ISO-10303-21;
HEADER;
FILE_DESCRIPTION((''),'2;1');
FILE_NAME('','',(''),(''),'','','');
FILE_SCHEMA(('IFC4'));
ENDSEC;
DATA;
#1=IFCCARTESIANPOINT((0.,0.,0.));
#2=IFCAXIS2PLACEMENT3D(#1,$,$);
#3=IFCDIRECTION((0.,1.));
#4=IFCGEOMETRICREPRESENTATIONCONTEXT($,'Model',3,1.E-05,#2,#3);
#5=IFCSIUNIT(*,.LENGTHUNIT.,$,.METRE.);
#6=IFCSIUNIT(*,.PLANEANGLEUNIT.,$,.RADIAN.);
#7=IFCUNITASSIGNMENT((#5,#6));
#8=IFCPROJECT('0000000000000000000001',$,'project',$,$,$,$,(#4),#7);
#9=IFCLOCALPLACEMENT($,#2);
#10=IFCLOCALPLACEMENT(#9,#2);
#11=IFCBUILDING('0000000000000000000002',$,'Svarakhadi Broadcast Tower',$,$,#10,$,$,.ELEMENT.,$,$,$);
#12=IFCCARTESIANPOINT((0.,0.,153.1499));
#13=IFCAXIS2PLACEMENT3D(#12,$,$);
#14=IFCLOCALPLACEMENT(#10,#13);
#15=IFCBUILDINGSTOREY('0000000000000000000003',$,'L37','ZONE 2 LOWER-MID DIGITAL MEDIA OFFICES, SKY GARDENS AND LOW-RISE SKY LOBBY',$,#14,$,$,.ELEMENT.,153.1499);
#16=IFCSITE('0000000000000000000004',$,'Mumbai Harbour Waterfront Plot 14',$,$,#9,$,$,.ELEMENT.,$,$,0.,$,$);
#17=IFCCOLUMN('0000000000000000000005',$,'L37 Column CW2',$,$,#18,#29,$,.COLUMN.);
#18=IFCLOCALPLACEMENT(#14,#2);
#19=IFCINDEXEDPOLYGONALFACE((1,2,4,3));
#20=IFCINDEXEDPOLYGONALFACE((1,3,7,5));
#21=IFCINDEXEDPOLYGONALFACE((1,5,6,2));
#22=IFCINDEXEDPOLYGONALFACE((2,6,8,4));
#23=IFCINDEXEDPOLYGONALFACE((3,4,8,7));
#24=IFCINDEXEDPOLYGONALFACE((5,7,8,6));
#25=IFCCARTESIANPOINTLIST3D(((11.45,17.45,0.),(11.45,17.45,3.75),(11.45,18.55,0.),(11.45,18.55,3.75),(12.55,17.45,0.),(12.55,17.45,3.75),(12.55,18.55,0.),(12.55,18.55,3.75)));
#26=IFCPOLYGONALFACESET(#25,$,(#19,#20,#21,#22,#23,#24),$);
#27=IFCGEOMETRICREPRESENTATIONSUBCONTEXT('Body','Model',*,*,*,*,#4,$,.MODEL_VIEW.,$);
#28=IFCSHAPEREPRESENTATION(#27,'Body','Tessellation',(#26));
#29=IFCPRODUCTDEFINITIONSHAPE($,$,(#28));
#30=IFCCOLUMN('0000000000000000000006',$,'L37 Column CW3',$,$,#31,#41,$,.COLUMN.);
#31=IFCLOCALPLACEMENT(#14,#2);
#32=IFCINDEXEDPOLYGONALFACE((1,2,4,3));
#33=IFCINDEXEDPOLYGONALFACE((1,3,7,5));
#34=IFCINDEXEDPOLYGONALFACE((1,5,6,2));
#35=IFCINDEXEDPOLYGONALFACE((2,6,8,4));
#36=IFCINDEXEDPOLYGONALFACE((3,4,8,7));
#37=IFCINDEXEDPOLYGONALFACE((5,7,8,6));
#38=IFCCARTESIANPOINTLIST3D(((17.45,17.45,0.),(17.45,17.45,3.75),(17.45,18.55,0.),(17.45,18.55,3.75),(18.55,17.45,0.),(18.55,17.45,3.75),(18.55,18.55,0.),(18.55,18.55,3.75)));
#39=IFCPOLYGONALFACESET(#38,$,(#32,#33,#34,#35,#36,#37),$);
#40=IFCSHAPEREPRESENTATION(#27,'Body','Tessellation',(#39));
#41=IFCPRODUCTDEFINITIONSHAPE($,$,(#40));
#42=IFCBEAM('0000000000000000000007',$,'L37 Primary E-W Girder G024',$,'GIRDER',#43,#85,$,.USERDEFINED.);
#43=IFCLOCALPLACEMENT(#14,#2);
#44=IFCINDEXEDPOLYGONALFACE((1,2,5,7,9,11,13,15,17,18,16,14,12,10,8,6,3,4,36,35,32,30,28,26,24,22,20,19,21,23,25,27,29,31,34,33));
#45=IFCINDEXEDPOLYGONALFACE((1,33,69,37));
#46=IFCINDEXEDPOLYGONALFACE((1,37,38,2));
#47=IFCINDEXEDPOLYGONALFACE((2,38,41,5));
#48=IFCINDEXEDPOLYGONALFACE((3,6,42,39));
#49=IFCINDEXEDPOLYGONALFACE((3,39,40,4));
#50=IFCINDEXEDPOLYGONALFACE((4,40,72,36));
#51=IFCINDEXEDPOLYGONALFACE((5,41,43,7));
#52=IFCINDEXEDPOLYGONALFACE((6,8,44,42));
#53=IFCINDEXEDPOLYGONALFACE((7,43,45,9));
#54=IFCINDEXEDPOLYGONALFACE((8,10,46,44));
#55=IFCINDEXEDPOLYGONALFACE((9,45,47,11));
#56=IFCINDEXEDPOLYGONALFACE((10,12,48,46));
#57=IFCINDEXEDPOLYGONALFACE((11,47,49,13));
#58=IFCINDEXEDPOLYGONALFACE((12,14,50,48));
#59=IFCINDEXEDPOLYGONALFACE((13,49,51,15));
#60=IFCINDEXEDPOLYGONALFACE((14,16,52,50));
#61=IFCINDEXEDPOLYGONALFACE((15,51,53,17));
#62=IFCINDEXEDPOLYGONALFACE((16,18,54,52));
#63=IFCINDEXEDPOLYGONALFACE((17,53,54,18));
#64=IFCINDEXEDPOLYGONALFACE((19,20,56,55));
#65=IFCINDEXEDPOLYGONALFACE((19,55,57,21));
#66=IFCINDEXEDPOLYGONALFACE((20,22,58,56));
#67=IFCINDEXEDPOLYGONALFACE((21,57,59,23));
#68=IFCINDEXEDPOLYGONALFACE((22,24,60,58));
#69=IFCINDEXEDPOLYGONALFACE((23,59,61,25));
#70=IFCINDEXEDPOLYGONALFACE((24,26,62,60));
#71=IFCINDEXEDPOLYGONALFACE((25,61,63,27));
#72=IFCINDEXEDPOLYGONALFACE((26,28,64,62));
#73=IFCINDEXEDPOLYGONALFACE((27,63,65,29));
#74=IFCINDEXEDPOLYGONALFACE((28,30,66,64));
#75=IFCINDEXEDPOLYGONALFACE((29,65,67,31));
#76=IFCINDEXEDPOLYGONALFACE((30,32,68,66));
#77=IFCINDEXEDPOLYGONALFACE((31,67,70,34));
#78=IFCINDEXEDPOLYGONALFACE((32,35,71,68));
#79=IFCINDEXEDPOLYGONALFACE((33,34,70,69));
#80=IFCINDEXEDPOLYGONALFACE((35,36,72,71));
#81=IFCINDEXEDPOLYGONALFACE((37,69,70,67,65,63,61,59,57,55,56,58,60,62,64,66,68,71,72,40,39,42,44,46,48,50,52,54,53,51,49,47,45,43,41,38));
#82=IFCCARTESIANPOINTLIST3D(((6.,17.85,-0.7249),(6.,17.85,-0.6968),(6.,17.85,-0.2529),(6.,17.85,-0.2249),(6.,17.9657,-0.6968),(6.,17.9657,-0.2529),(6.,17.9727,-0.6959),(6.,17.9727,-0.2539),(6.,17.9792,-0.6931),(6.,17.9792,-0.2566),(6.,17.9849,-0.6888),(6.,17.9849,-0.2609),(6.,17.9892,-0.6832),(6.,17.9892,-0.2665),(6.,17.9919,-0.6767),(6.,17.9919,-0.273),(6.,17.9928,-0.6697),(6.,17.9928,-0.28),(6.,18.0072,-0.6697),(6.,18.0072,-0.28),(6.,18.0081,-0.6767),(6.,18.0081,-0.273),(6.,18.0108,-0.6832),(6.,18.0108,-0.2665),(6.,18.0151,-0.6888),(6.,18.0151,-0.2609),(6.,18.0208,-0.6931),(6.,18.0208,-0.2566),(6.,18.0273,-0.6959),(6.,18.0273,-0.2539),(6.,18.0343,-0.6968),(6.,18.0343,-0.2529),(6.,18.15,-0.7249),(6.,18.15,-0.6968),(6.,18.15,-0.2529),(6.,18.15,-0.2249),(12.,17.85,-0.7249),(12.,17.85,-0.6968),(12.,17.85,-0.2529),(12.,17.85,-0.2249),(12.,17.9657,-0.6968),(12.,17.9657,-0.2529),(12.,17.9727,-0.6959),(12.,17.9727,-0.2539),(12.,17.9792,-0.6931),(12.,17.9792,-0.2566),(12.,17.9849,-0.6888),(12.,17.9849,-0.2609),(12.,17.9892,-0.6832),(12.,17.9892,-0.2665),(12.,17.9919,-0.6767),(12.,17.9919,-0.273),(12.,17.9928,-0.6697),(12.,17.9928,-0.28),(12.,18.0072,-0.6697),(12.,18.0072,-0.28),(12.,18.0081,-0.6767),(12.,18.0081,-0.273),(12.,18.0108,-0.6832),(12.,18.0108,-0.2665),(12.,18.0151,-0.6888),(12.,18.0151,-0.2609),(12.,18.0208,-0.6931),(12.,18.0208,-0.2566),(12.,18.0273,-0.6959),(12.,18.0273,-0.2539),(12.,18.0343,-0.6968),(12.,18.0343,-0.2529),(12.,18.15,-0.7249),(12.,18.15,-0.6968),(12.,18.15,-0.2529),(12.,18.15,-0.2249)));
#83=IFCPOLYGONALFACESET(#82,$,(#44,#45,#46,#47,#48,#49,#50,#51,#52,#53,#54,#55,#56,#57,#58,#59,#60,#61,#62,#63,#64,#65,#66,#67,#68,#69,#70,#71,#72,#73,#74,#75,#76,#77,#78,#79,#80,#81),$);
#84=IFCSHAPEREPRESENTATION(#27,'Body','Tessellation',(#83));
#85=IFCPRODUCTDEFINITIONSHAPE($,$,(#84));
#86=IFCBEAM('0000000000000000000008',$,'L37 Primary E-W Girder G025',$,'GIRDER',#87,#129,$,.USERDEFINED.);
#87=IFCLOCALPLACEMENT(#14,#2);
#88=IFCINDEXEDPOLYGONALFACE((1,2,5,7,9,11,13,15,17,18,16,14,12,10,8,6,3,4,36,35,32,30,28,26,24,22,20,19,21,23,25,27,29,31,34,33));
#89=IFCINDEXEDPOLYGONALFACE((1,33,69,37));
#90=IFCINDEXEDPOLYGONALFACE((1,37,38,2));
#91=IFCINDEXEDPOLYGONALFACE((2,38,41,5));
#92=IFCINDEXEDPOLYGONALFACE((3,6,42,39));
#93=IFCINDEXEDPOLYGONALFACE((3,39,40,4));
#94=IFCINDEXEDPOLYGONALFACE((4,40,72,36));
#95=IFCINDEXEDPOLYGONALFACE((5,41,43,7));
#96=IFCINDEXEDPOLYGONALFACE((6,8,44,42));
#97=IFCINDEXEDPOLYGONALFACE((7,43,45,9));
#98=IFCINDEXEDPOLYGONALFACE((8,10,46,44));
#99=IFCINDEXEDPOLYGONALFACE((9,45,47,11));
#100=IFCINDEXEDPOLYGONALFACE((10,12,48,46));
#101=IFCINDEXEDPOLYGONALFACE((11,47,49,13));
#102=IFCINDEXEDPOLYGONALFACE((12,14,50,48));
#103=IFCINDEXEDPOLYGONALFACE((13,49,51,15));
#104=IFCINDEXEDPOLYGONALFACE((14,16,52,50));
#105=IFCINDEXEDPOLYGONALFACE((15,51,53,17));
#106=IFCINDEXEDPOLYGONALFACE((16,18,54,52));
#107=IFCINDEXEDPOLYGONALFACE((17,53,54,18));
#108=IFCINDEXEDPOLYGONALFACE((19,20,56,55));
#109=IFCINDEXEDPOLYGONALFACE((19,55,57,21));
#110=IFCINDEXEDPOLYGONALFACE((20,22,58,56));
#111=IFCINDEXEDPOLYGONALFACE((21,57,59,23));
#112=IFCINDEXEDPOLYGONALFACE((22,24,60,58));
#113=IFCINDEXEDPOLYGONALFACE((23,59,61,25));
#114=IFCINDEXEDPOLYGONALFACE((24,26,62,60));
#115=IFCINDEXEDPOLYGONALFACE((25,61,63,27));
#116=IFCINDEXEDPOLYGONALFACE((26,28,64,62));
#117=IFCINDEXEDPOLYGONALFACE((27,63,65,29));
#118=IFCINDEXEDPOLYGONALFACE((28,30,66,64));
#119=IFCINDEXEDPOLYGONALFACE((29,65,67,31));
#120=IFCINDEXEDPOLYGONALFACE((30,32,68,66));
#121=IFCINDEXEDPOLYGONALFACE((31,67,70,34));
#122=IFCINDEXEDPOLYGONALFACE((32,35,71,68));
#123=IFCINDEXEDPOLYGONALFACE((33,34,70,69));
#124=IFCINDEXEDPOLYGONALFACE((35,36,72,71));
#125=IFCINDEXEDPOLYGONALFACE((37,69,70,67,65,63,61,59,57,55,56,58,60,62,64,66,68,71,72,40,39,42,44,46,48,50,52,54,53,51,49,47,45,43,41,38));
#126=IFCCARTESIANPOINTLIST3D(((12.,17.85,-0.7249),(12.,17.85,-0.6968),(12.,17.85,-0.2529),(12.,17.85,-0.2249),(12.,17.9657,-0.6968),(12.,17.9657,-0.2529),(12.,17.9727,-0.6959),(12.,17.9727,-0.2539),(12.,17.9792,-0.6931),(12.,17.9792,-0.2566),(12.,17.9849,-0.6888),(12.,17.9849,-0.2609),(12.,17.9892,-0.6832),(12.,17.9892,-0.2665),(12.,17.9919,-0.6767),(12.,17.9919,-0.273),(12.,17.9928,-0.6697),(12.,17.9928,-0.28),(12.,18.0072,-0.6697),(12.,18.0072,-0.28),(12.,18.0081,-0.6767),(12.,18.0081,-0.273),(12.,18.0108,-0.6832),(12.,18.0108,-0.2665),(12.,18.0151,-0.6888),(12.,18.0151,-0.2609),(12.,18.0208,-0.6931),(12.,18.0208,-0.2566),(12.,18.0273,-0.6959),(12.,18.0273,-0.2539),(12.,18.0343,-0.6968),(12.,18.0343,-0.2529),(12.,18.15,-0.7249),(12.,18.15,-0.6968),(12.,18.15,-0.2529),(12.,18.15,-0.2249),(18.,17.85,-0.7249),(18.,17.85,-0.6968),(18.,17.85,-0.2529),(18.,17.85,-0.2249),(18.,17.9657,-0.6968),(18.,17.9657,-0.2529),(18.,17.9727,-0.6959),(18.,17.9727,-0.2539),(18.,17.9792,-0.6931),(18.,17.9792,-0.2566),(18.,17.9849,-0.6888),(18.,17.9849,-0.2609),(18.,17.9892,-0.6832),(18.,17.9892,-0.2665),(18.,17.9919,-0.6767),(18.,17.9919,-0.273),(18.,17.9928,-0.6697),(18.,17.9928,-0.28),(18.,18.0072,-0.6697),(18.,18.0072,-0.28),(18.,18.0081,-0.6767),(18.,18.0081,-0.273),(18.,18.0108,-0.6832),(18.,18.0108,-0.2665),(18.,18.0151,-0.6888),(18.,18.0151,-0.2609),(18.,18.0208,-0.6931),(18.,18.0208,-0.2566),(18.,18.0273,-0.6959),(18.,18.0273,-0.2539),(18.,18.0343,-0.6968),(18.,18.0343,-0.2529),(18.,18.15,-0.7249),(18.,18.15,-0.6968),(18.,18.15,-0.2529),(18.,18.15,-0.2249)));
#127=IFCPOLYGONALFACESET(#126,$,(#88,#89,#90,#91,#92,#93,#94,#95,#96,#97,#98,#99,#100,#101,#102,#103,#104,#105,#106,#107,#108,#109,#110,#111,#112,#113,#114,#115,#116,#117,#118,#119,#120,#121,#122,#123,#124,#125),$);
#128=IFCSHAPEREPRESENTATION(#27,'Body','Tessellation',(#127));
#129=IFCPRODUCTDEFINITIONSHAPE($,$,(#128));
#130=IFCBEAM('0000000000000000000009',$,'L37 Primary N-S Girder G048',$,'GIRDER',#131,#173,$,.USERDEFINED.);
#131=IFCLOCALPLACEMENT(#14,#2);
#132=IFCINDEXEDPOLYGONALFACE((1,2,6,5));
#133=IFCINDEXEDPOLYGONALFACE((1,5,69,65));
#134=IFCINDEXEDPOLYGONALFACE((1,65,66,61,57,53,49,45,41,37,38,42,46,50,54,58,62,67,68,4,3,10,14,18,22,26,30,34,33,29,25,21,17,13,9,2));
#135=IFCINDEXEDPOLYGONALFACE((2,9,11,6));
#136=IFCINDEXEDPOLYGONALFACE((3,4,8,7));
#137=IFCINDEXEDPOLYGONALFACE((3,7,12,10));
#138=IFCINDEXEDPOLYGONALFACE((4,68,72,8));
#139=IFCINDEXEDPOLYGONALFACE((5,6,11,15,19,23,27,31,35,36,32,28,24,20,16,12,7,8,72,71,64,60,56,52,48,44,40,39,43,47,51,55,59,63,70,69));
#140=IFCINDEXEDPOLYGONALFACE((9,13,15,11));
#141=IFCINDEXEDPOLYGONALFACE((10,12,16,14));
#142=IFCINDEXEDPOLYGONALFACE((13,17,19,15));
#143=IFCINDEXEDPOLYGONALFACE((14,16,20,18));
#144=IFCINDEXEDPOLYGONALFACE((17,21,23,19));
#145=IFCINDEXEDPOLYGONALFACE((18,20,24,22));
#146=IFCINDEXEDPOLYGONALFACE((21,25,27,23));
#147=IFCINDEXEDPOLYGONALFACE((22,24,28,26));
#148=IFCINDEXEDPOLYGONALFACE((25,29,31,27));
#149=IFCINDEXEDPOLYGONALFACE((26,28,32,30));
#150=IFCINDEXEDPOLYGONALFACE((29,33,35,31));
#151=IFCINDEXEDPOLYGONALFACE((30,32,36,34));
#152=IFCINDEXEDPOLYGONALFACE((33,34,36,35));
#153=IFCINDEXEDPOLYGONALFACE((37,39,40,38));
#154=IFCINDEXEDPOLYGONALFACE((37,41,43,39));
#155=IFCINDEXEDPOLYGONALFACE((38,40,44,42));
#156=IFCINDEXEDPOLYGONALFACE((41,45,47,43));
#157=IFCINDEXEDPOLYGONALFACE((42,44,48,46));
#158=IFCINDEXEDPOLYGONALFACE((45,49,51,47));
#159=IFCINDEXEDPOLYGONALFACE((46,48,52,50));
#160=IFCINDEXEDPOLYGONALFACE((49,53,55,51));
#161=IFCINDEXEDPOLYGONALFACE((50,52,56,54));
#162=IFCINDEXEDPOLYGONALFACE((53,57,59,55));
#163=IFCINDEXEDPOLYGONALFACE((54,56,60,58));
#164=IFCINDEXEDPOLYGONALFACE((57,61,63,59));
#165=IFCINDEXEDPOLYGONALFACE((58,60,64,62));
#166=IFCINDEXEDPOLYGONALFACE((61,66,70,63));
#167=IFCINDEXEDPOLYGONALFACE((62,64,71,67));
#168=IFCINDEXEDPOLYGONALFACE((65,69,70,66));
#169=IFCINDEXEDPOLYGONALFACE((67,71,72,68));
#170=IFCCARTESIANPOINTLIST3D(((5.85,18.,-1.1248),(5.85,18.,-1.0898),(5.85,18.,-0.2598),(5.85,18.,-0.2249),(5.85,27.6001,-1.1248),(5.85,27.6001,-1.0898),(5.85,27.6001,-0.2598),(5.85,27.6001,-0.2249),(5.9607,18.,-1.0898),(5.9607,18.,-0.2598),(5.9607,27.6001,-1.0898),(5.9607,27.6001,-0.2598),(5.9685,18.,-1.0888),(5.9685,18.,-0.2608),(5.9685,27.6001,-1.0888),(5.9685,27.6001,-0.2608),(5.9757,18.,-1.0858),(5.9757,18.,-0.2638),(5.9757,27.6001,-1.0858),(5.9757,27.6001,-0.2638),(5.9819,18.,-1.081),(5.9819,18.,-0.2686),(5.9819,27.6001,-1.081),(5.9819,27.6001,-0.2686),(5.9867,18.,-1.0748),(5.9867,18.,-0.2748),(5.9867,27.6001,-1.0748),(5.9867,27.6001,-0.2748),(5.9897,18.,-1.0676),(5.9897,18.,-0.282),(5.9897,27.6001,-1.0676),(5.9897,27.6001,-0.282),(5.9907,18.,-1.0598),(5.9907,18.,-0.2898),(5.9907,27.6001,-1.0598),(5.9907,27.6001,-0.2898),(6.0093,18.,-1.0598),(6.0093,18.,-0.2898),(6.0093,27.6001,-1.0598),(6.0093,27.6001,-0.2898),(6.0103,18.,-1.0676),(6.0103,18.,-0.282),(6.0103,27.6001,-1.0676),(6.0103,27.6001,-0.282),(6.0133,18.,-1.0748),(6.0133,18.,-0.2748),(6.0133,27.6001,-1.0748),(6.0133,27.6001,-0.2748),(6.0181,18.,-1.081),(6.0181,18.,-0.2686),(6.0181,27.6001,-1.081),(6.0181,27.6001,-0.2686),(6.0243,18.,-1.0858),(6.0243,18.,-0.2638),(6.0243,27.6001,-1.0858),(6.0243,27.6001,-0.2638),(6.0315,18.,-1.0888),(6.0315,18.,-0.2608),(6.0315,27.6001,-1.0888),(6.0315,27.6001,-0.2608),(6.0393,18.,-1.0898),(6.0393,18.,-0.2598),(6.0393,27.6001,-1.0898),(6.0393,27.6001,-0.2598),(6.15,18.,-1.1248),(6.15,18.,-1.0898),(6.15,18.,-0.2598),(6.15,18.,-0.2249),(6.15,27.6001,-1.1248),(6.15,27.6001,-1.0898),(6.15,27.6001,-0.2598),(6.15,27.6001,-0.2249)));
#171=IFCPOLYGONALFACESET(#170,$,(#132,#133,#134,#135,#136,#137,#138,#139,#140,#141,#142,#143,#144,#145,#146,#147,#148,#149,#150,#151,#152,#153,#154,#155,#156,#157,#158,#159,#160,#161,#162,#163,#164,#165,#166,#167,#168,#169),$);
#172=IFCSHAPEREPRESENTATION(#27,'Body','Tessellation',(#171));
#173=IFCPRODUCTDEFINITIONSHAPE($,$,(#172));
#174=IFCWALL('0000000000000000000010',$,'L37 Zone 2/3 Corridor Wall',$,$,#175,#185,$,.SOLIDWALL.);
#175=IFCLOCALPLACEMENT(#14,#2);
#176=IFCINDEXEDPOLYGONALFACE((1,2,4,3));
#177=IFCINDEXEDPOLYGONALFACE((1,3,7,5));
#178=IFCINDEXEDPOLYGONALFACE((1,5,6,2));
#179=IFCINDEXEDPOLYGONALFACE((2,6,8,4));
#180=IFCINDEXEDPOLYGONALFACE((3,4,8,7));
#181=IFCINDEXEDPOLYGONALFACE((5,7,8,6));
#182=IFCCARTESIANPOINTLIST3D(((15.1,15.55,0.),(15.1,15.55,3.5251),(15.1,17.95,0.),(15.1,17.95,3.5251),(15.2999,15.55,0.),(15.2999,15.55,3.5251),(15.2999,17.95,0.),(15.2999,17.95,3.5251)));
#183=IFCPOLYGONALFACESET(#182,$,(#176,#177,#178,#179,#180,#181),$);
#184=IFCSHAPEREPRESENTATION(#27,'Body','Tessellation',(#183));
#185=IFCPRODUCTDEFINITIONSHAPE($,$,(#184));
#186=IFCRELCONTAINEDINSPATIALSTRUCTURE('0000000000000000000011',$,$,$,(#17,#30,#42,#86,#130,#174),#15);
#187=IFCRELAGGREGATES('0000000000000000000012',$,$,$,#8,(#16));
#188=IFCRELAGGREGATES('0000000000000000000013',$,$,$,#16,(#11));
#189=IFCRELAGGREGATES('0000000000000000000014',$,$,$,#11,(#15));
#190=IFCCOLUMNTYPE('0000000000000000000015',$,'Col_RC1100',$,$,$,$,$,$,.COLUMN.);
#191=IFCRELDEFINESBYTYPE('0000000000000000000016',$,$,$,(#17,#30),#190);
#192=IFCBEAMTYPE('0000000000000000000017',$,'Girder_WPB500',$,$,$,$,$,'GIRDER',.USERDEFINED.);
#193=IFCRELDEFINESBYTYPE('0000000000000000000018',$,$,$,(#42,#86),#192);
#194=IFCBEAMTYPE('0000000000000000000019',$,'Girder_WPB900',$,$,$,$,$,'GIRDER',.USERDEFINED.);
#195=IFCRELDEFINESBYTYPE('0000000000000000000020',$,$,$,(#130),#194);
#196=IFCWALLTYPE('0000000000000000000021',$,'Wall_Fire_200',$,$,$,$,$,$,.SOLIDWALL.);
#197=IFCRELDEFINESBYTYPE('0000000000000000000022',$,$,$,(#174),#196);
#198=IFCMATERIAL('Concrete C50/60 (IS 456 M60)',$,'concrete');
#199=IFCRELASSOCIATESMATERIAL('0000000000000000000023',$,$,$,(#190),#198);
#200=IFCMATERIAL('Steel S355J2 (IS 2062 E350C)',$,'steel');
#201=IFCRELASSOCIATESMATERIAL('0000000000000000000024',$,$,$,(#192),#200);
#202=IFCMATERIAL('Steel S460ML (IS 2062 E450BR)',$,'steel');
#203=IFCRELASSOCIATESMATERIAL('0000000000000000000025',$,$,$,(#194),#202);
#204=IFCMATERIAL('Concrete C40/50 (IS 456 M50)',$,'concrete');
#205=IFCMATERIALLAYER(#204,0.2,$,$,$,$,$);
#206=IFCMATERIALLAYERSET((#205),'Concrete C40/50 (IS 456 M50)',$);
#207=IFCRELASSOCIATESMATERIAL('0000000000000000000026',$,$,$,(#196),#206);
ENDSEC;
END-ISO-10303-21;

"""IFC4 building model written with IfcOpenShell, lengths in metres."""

from ifc_helpers import new_model, si_unit, direction, frame, frame_2d, origin, origin_2d, place, context, subcontext, project, spatial, rectangle, i_section, extrude, material, layer, layer_set, material_profile, profile_set, type_object, element, save


model = new_model("IFC4")

# Units and contexts
model_context = context("Model", 3, precision=1e-05, world=origin(), true_north=direction((0.0, 1.0)))
body_context = subcontext(model_context, "Body", "Model", "MODEL_VIEW")
ifc_project = project(units=[si_unit("LENGTHUNIT", "METRE"), si_unit("PLANEANGLEUNIT", "RADIAN")], contexts=[model_context])

# Site, building, storey
site_placement = place(None, origin())
site = spatial("IfcSite", under=ifc_project, at=site_placement, Name="Mumbai Harbour Waterfront Plot 14", CompositionType="ELEMENT", RefElevation=0.0)
building_placement = place(site_placement, origin())
building = spatial("IfcBuilding", under=site, at=building_placement, Name="Svarakhadi Broadcast Tower", CompositionType="ELEMENT")
storey_placement = place(building_placement, frame((0.0, 0.0, 153.1499)))
storey = spatial("IfcBuildingStorey", under=building, at=storey_placement, Name="L37", Description="ZONE 2 LOWER-MID DIGITAL MEDIA OFFICES, SKY GARDENS AND LOW-RISE SKY LOBBY", CompositionType="ELEMENT", Elevation=153.1499)

# Columns
ifc_material_1 = material(Name="Concrete C50/60 (IS 456 M60)", Category="concrete")
ifc_material_profile_1 = material_profile(ifc_material_1, rectangle(XDim=1.1001, YDim=1.1001, at=origin_2d()), Name="RC 1100x1100")
ifc_profile_set_1 = profile_set([ifc_material_profile_1], Name="Concrete C50/60 (IS 456 M60)")
column_type = type_object("IfcColumnType", Name="Col_RC1100", PredefinedType="COLUMN", material=ifc_profile_set_1)
for number, where, z_axis, x_axis, name in (
    (1, (12.0, 18.0, 0.0), (0.0, 0.0, 1.0), (1.0, 0.0, 0.0), "L37 Column CW2"),
    (2, (18.0, 18.0, 0.0), (0.0, 0.0, 1.0), (1.0, 0.0, 0.0), "L37 Column CW3"),
):
    element("IfcColumn", number, at=place(storey_placement, frame(where, z_axis=z_axis, x_axis=x_axis)), inside=storey, type_object=column_type, Name=name, PredefinedType="COLUMN", context=body_context, shape_type="SweptSolid", body=[
        extrude(rectangle(XDim=1.1001, YDim=1.1001, at=origin_2d()), origin(), (0.0, 0.0, 1.0), 3.75),
    ])

# Beams
ifc_material_2 = material(Name="Steel S355J2 (IS 2062 E350C)", Category="steel")
ifc_material_profile_2 = material_profile(ifc_material_2, i_section(OverallWidth=0.3, OverallDepth=0.5, WebThickness=0.0144, FlangeThickness=0.0281, FilletRadius=0.0271, at=origin_2d()), Name="WPB 500x300x187")
ifc_profile_set_2 = profile_set([ifc_material_profile_2], Name="Steel S355J2 (IS 2062 E350C)")
beam_type_1 = type_object("IfcBeamType", Name="Girder_WPB500", ElementType="GIRDER", PredefinedType="USERDEFINED", material=ifc_profile_set_2)
for number, where, z_axis, x_axis, name in (
    (3, (6.0, 18.0, -0.4749), (1.0, 0.0, 0.0), (0.0, 1.0, 0.0), "L37 Primary E-W Girder G024"),
    (4, (12.0, 18.0, -0.4749), (1.0, 0.0, 0.0), (0.0, 1.0, 0.0), "L37 Primary E-W Girder G025"),
):
    element("IfcBeam", number, at=place(storey_placement, frame(where, z_axis=z_axis, x_axis=x_axis)), inside=storey, type_object=beam_type_1, Name=name, ObjectType="GIRDER", PredefinedType="USERDEFINED", context=body_context, shape_type="SweptSolid", body=[
        extrude(i_section(OverallWidth=0.3, OverallDepth=0.5, WebThickness=0.0144, FlangeThickness=0.0281, FilletRadius=0.0271, at=origin_2d()), origin(), (0.0, 0.0, 1.0), 6.0),
    ])
ifc_material_3 = material(Name="Steel S460ML (IS 2062 E450BR)", Category="steel")
ifc_material_profile_3 = material_profile(ifc_material_3, i_section(OverallWidth=0.3, OverallDepth=0.8999, WebThickness=0.0186, FlangeThickness=0.0349, FilletRadius=0.03, at=origin_2d()), Name="WPB 900x300x291")
ifc_profile_set_3 = profile_set([ifc_material_profile_3], Name="Steel S460ML (IS 2062 E450BR)")
beam_type_2 = type_object("IfcBeamType", Name="Girder_WPB900", ElementType="GIRDER", PredefinedType="USERDEFINED", material=ifc_profile_set_3)
beam_placement = place(storey_placement, frame((6.0, 18.0, -0.6748), z_axis=(0.0, 1.0, 0.0), x_axis=(-1.0, 0.0, 0.0)))
element("IfcBeam", 5, at=beam_placement, inside=storey, type_object=beam_type_2, Name="L37 Primary N-S Girder G048", ObjectType="GIRDER", PredefinedType="USERDEFINED", context=body_context, shape_type="SweptSolid", body=[
    extrude(i_section(OverallWidth=0.3, OverallDepth=0.8999, WebThickness=0.0186, FlangeThickness=0.0349, FilletRadius=0.03, at=origin_2d()), origin(), (0.0, 0.0, 1.0), 9.6001),
])

# Wall
ifc_material_4 = material(Name="Concrete C40/50 (IS 456 M50)", Category="concrete")
ifc_layer_1 = layer(ifc_material_4, 0.2)
ifc_layer_set_1 = layer_set([ifc_layer_1], Name="Concrete C40/50 (IS 456 M50)")
wall_type_1 = type_object("IfcWallType", Name="Wall_Fire_200", PredefinedType="SOLIDWALL", material=ifc_layer_set_1)
wall_1_placement = place(storey_placement, frame((15.2, 17.95, 0.0), z_axis=(0.0, 0.0, 1.0), x_axis=(0.0, -1.0, 0.0)))
element("IfcWall", 6, at=wall_1_placement, inside=storey, type_object=wall_type_1, Name="L37 Zone 2/3 Corridor Wall", PredefinedType="SOLIDWALL", context=body_context, shape_type="SweptSolid", body=[
    extrude(rectangle(XDim=2.3999, YDim=0.2, at=frame_2d((1.2, 0.0))), origin(), (0.0, 0.0, 1.0), 3.5251),
])

save(model, "model.ifc")
